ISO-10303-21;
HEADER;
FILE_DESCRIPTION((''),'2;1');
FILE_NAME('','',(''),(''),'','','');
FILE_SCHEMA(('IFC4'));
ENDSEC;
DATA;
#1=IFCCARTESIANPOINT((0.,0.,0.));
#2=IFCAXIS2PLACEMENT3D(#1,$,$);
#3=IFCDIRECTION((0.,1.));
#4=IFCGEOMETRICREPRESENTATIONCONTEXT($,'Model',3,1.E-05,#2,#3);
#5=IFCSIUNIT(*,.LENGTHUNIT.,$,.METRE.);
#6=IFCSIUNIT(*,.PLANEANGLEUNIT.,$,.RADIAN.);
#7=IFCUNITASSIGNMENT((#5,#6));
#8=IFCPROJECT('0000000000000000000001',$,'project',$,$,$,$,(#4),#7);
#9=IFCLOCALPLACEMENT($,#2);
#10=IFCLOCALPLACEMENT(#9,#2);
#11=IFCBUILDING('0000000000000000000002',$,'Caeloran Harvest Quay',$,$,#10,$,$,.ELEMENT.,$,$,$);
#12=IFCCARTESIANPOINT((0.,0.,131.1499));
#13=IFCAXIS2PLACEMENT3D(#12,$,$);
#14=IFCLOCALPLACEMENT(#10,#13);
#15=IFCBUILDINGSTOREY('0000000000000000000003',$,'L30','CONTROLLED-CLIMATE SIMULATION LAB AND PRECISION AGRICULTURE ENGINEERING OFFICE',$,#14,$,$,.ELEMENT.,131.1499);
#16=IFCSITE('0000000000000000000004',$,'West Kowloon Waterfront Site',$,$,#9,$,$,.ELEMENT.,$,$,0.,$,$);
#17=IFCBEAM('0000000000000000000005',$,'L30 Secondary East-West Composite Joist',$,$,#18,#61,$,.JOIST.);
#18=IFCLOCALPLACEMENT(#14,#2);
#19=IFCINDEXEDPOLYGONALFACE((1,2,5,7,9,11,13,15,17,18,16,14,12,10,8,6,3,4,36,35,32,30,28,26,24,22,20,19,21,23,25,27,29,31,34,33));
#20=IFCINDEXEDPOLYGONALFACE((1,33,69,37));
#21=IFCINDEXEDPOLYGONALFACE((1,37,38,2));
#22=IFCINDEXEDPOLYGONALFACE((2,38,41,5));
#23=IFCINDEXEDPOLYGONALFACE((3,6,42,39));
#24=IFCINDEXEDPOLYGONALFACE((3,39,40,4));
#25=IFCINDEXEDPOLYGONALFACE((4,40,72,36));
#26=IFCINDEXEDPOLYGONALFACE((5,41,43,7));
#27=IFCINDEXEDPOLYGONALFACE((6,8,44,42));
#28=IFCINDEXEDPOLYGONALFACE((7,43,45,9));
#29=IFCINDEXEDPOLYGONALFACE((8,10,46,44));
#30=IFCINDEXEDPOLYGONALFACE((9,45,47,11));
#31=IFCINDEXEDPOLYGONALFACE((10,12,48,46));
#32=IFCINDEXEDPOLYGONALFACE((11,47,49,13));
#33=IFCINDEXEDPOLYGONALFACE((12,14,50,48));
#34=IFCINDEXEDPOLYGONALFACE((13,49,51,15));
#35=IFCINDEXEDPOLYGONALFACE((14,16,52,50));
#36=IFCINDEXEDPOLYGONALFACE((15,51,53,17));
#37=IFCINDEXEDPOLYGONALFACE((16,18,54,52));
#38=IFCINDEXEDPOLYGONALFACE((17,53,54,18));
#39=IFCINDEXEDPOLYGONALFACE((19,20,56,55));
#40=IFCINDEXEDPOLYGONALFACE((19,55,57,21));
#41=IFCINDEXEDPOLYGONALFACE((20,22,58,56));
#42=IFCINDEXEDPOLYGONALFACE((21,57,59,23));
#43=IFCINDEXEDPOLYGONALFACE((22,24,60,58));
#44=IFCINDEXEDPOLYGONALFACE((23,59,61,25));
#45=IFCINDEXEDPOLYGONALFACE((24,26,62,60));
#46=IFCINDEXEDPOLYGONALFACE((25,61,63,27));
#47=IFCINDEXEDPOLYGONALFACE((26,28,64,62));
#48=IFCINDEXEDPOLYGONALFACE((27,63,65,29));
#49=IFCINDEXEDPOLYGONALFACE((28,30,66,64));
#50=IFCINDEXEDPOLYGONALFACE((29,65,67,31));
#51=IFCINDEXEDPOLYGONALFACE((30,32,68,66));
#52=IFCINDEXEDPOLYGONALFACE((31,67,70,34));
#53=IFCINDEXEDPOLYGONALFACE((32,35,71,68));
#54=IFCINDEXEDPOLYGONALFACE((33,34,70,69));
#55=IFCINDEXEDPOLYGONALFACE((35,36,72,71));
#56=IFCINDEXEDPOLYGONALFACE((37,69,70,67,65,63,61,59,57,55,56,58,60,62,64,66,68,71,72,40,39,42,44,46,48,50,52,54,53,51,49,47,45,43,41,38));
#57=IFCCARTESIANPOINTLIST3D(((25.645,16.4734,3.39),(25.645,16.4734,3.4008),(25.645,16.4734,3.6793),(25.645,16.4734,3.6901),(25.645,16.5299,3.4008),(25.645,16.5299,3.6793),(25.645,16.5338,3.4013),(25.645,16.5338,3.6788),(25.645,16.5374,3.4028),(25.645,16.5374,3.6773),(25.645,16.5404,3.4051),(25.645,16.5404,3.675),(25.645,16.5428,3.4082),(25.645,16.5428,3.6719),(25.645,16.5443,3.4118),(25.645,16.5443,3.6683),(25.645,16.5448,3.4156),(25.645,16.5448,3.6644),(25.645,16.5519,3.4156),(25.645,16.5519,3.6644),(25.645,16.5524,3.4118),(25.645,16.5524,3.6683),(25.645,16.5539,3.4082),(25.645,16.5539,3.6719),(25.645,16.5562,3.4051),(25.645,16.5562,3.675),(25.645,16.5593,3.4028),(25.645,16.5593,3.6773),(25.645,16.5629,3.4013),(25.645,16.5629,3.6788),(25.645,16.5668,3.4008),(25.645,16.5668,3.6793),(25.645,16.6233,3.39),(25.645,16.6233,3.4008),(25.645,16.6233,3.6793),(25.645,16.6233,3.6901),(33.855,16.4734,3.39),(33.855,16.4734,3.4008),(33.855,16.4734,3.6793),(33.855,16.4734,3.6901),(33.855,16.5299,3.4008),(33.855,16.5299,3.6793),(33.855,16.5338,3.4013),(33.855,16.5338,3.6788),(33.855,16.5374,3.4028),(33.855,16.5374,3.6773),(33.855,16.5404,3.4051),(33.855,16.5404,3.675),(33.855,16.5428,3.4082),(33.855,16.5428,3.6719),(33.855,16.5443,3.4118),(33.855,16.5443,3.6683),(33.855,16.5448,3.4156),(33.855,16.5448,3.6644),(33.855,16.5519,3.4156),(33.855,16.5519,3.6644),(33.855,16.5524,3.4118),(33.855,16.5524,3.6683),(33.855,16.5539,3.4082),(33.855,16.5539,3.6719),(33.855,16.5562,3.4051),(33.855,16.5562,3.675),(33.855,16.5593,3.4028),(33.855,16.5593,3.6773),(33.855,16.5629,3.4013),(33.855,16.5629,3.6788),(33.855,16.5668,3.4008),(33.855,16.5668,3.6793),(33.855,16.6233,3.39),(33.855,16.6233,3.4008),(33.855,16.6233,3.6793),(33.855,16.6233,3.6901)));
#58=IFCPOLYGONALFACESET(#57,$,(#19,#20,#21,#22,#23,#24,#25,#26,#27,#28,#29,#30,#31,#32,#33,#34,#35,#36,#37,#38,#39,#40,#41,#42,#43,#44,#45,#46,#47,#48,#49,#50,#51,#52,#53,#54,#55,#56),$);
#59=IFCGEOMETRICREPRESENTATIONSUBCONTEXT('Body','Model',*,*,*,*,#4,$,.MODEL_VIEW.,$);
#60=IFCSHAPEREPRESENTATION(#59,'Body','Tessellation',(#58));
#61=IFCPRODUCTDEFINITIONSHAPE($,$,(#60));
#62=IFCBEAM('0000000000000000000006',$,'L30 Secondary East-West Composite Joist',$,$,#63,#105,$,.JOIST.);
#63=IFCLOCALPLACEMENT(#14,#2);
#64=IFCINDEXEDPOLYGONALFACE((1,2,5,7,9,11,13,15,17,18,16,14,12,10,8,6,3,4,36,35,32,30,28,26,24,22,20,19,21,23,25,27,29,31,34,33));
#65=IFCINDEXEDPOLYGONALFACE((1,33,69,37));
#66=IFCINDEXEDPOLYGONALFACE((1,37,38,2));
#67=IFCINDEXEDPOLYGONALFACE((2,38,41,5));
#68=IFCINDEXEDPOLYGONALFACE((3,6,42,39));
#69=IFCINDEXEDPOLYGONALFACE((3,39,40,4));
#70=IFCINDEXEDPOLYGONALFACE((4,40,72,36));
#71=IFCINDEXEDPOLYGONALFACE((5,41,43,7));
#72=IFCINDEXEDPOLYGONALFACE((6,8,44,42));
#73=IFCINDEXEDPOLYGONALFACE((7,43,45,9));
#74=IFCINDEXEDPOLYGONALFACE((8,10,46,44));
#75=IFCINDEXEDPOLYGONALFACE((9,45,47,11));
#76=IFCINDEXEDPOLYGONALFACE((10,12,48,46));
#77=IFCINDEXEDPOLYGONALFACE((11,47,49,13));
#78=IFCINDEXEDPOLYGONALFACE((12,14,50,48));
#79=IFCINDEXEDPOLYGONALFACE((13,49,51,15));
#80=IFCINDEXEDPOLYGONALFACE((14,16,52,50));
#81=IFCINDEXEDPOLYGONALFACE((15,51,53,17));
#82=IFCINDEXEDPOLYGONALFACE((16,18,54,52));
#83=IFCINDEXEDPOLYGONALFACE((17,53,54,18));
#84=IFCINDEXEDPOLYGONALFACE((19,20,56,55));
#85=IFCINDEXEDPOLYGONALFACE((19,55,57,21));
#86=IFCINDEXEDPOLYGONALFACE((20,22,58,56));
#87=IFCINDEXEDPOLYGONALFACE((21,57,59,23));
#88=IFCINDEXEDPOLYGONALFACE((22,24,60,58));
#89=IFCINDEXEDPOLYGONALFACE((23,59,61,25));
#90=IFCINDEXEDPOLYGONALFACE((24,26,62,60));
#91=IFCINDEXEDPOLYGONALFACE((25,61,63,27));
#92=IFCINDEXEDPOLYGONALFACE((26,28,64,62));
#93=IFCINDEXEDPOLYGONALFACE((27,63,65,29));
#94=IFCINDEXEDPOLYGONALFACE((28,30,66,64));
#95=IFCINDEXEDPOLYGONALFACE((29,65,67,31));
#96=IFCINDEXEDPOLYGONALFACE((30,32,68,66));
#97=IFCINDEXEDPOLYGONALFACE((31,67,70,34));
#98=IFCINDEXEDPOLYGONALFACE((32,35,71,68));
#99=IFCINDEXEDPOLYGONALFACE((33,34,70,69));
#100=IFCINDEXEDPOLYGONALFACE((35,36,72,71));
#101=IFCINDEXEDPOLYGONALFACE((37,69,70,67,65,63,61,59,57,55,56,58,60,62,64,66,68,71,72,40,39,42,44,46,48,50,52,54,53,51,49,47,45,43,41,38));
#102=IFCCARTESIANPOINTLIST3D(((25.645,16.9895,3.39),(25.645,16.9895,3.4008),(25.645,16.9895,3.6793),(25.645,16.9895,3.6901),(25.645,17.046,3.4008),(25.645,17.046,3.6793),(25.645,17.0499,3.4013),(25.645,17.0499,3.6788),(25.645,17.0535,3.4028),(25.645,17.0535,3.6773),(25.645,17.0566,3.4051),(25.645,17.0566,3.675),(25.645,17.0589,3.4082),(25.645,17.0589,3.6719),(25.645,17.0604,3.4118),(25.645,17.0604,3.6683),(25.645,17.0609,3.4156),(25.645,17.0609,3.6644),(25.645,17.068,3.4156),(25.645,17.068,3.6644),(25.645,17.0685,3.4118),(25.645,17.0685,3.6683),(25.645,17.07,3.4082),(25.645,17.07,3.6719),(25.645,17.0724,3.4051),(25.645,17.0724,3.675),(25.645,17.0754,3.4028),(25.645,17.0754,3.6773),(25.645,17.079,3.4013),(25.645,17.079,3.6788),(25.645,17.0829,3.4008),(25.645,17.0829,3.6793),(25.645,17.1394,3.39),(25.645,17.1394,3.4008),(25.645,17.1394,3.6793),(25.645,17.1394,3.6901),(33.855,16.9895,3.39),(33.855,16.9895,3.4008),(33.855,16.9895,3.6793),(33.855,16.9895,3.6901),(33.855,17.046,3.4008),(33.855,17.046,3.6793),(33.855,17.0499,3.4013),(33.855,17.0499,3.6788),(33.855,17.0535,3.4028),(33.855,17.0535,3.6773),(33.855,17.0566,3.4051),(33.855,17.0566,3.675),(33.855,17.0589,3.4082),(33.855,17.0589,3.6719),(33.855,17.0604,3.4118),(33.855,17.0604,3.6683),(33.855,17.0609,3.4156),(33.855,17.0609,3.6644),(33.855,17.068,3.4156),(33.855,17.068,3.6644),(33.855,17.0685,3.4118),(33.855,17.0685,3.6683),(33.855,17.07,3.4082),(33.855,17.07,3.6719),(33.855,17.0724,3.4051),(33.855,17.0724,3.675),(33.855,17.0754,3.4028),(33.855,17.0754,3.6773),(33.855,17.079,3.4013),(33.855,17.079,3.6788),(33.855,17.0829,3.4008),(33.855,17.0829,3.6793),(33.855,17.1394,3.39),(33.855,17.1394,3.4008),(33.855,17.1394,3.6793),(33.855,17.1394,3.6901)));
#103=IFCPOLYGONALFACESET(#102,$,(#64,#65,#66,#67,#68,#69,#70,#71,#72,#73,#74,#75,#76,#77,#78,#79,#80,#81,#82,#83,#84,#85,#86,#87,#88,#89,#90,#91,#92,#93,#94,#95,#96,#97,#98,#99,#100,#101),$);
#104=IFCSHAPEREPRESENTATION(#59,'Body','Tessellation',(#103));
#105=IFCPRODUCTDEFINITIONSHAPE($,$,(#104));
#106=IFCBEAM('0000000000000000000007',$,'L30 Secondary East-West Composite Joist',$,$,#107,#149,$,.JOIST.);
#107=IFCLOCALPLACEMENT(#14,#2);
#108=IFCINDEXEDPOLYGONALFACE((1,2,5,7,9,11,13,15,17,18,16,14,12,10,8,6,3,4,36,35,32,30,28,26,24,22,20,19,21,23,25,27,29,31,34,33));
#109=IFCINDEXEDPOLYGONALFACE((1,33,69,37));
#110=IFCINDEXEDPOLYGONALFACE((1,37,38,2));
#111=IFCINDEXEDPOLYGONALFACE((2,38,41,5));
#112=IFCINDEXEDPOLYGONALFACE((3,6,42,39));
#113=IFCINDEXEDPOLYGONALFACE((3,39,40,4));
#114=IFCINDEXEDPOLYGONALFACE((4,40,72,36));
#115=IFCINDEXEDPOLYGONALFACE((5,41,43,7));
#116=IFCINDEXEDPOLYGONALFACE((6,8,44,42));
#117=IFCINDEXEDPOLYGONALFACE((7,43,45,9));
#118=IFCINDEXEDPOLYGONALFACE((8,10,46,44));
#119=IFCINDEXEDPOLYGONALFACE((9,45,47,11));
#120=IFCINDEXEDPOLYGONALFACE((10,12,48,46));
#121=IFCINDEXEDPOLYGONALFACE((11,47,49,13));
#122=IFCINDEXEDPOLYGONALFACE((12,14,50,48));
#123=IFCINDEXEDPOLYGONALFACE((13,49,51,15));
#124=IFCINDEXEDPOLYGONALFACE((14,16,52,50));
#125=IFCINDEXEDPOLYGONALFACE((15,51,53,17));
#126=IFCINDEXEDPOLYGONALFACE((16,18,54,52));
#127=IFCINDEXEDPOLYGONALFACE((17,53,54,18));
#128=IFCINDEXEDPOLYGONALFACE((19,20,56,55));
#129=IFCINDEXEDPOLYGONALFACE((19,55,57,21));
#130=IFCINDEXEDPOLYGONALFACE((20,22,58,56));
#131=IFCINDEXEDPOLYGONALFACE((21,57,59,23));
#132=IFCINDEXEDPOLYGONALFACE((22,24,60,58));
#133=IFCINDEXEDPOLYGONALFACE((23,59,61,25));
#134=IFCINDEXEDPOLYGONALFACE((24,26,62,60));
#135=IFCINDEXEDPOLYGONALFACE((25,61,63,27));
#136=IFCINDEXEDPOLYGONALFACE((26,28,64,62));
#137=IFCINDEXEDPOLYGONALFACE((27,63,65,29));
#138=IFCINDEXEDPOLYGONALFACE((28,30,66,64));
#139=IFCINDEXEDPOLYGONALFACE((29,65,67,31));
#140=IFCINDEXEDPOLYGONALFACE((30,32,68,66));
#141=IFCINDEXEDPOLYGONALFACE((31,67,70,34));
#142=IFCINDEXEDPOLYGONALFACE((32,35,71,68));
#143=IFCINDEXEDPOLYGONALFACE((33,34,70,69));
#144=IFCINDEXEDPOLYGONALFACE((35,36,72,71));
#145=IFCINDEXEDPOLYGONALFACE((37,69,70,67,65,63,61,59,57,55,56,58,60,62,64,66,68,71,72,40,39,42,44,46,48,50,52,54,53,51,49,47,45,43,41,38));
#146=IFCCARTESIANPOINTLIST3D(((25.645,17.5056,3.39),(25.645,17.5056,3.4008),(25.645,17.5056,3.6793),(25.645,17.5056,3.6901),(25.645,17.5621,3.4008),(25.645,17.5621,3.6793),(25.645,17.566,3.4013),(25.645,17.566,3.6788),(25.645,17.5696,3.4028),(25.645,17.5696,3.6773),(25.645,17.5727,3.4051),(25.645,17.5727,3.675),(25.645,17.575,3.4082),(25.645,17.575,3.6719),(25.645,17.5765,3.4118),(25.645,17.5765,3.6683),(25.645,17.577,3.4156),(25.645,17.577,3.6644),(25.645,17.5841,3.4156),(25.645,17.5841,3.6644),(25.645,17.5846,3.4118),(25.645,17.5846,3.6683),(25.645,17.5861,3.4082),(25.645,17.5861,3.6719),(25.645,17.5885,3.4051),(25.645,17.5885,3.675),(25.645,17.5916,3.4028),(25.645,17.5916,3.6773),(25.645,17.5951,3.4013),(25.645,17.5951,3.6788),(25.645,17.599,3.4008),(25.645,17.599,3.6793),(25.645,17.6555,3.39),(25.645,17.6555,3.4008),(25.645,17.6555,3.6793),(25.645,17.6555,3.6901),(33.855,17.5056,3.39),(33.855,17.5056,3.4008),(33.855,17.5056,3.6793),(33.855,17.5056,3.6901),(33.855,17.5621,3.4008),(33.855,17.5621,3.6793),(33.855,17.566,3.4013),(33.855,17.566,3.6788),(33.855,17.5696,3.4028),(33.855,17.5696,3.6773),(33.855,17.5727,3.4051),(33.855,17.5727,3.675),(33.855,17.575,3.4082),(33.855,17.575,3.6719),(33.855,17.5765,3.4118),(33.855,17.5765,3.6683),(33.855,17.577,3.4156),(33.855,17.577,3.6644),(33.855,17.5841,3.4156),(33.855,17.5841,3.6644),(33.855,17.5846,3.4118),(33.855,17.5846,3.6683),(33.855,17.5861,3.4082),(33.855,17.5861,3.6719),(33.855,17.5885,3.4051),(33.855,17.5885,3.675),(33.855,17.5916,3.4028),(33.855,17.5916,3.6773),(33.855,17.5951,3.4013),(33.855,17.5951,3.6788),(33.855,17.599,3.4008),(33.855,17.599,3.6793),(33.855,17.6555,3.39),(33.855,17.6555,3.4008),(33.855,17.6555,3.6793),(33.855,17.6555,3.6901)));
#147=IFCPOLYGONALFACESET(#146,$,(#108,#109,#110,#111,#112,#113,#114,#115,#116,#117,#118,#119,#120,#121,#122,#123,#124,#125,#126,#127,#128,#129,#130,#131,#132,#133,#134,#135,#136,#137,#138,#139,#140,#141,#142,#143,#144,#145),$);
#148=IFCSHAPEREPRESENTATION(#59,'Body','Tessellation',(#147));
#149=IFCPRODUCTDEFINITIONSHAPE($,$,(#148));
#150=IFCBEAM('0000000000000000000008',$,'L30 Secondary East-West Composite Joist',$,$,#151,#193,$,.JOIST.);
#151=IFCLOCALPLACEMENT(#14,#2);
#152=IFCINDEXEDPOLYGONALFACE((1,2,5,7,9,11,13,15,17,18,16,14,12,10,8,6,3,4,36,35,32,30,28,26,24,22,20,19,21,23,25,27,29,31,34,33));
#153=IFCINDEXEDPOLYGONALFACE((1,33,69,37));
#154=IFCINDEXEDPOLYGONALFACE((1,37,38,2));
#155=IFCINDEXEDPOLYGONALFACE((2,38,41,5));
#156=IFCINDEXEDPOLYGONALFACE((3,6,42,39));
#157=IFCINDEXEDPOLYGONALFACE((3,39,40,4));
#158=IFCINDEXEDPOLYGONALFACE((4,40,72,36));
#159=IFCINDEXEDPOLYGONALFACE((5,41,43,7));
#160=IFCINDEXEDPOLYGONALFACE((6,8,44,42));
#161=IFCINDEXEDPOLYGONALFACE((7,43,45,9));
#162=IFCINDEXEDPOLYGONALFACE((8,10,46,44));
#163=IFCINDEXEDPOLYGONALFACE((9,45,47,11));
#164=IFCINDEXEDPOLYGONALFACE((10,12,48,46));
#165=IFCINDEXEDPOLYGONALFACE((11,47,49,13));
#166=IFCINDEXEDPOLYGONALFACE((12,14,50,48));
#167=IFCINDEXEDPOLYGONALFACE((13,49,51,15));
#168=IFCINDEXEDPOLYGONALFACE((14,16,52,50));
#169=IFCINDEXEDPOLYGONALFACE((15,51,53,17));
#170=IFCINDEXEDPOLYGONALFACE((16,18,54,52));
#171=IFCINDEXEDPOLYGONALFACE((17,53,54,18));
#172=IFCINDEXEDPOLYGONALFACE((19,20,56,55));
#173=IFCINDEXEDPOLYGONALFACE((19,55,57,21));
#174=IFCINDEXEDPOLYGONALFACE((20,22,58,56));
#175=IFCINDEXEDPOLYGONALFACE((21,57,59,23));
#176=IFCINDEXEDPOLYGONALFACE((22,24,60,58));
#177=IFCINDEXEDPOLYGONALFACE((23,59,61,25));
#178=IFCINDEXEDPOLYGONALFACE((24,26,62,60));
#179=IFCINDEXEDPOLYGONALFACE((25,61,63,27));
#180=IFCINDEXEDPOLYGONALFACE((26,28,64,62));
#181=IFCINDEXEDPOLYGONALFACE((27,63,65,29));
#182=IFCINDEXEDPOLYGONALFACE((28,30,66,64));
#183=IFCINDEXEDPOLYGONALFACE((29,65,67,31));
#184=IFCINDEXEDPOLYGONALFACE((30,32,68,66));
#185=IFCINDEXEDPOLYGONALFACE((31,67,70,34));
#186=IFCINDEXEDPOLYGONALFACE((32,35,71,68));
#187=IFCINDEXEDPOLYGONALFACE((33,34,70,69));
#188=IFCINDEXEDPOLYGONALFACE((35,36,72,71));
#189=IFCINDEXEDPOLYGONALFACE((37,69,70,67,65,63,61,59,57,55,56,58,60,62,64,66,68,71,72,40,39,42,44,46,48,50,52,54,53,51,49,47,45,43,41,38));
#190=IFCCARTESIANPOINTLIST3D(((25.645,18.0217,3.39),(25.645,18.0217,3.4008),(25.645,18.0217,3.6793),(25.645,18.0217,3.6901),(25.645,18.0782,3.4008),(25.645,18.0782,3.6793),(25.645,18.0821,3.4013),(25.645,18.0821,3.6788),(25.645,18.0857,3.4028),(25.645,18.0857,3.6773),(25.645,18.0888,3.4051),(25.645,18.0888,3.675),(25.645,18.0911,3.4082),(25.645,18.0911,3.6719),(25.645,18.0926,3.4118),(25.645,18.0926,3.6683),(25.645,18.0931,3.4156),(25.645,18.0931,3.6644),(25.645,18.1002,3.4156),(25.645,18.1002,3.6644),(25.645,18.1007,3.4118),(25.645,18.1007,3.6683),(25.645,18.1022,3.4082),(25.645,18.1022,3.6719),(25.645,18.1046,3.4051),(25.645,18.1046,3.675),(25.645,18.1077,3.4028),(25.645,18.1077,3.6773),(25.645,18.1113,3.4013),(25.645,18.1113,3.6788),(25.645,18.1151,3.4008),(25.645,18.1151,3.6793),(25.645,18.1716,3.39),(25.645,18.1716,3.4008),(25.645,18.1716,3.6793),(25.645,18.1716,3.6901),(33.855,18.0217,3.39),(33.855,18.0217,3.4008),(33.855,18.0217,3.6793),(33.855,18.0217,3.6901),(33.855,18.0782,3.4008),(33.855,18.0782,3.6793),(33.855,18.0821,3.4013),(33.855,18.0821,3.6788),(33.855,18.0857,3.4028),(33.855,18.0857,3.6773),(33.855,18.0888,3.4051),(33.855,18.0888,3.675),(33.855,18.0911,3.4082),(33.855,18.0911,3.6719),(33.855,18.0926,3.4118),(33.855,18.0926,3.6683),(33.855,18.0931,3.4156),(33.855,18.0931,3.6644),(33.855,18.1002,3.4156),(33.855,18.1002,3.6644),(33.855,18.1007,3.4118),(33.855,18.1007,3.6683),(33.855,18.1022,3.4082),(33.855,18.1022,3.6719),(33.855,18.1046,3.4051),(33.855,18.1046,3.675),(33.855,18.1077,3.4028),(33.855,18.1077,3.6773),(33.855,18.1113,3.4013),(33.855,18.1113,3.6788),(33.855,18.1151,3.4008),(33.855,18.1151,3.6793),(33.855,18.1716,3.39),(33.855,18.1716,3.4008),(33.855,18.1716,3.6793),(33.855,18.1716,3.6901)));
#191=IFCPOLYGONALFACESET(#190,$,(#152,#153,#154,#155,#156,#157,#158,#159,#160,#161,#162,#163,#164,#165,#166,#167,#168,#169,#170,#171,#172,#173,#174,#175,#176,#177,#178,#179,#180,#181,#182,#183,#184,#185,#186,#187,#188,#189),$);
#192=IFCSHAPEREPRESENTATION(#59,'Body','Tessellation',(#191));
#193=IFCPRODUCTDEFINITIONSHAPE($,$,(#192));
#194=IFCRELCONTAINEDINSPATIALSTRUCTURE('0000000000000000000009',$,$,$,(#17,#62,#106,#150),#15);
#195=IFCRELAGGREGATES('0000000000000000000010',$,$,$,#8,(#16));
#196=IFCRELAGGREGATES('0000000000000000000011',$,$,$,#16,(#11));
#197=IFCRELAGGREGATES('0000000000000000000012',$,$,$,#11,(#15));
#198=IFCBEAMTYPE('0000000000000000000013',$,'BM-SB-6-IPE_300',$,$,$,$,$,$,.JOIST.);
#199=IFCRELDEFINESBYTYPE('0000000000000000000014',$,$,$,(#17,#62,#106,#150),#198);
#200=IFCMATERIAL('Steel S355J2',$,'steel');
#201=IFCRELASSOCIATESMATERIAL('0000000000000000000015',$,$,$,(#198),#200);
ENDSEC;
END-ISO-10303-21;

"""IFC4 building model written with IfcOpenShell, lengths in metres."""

from ifc_helpers import new_model, si_unit, direction, frame, origin, origin_2d, place, context, subcontext, project, spatial, i_section, extrude, material, material_profile, profile_set, type_object, element, save


model = new_model("IFC4")

# Units and contexts
model_context = context("Model", 3, precision=1e-05, world=origin(), true_north=direction((0.0, 1.0)))
body_context = subcontext(model_context, "Body", "Model", "MODEL_VIEW")
ifc_project = project(units=[si_unit("LENGTHUNIT", "METRE"), si_unit("PLANEANGLEUNIT", "RADIAN")], contexts=[model_context])

# Site, building, storey
site_placement = place(None, origin())
site = spatial("IfcSite", under=ifc_project, at=site_placement, Name="West Kowloon Waterfront Site", CompositionType="ELEMENT", RefElevation=0.0)
building_placement = place(site_placement, origin())
building = spatial("IfcBuilding", under=site, at=building_placement, Name="Caeloran Harvest Quay", CompositionType="ELEMENT")
storey_placement = place(building_placement, frame((0.0, 0.0, 131.1499)))
storey = spatial("IfcBuildingStorey", under=building, at=storey_placement, Name="L30", Description="CONTROLLED-CLIMATE SIMULATION LAB AND PRECISION AGRICULTURE ENGINEERING OFFICE", CompositionType="ELEMENT", Elevation=131.1499)

# Beams
ifc_material_1 = material(Name="Steel S355J2", Category="steel")
ifc_material_profile_1 = material_profile(ifc_material_1, i_section(OverallWidth=0.1499, OverallDepth=0.3, WebThickness=0.0071, FlangeThickness=0.0107, FilletRadius=0.0149, at=origin_2d()), Name="IPE 300")
ifc_profile_set_1 = profile_set([ifc_material_profile_1], Name="Steel S355J2")
beam_type_1 = type_object("IfcBeamType", Name="BM-SB-6-IPE_300", PredefinedType="JOIST", material=ifc_profile_set_1)
for number, where, z_axis, x_axis, name in (
    (1, (25.645, 16.5483, 3.54), (1.0, 0.0, 0.0), (0.0, 1.0, 0.0), "L30 Secondary East-West Composite Joist"),
    (2, (25.645, 17.0645, 3.54), (1.0, 0.0, 0.0), (0.0, 1.0, 0.0), "L30 Secondary East-West Composite Joist"),
    (3, (25.645, 17.5806, 3.54), (1.0, 0.0, 0.0), (0.0, 1.0, 0.0), "L30 Secondary East-West Composite Joist"),
    (4, (25.645, 18.0967, 3.54), (1.0, 0.0, 0.0), (0.0, 1.0, 0.0), "L30 Secondary East-West Composite Joist"),
):
    element("IfcBeam", number, at=place(storey_placement, frame(where, z_axis=z_axis, x_axis=x_axis)), inside=storey, type_object=beam_type_1, Name=name, PredefinedType="JOIST", context=body_context, shape_type="SweptSolid", body=[
        extrude(i_section(OverallWidth=0.1499, OverallDepth=0.3, WebThickness=0.0071, FlangeThickness=0.0107, FilletRadius=0.0149, at=origin_2d()), origin(), (0.0, 0.0, 1.0), 8.21),
    ])

save(model, "model.ifc")
